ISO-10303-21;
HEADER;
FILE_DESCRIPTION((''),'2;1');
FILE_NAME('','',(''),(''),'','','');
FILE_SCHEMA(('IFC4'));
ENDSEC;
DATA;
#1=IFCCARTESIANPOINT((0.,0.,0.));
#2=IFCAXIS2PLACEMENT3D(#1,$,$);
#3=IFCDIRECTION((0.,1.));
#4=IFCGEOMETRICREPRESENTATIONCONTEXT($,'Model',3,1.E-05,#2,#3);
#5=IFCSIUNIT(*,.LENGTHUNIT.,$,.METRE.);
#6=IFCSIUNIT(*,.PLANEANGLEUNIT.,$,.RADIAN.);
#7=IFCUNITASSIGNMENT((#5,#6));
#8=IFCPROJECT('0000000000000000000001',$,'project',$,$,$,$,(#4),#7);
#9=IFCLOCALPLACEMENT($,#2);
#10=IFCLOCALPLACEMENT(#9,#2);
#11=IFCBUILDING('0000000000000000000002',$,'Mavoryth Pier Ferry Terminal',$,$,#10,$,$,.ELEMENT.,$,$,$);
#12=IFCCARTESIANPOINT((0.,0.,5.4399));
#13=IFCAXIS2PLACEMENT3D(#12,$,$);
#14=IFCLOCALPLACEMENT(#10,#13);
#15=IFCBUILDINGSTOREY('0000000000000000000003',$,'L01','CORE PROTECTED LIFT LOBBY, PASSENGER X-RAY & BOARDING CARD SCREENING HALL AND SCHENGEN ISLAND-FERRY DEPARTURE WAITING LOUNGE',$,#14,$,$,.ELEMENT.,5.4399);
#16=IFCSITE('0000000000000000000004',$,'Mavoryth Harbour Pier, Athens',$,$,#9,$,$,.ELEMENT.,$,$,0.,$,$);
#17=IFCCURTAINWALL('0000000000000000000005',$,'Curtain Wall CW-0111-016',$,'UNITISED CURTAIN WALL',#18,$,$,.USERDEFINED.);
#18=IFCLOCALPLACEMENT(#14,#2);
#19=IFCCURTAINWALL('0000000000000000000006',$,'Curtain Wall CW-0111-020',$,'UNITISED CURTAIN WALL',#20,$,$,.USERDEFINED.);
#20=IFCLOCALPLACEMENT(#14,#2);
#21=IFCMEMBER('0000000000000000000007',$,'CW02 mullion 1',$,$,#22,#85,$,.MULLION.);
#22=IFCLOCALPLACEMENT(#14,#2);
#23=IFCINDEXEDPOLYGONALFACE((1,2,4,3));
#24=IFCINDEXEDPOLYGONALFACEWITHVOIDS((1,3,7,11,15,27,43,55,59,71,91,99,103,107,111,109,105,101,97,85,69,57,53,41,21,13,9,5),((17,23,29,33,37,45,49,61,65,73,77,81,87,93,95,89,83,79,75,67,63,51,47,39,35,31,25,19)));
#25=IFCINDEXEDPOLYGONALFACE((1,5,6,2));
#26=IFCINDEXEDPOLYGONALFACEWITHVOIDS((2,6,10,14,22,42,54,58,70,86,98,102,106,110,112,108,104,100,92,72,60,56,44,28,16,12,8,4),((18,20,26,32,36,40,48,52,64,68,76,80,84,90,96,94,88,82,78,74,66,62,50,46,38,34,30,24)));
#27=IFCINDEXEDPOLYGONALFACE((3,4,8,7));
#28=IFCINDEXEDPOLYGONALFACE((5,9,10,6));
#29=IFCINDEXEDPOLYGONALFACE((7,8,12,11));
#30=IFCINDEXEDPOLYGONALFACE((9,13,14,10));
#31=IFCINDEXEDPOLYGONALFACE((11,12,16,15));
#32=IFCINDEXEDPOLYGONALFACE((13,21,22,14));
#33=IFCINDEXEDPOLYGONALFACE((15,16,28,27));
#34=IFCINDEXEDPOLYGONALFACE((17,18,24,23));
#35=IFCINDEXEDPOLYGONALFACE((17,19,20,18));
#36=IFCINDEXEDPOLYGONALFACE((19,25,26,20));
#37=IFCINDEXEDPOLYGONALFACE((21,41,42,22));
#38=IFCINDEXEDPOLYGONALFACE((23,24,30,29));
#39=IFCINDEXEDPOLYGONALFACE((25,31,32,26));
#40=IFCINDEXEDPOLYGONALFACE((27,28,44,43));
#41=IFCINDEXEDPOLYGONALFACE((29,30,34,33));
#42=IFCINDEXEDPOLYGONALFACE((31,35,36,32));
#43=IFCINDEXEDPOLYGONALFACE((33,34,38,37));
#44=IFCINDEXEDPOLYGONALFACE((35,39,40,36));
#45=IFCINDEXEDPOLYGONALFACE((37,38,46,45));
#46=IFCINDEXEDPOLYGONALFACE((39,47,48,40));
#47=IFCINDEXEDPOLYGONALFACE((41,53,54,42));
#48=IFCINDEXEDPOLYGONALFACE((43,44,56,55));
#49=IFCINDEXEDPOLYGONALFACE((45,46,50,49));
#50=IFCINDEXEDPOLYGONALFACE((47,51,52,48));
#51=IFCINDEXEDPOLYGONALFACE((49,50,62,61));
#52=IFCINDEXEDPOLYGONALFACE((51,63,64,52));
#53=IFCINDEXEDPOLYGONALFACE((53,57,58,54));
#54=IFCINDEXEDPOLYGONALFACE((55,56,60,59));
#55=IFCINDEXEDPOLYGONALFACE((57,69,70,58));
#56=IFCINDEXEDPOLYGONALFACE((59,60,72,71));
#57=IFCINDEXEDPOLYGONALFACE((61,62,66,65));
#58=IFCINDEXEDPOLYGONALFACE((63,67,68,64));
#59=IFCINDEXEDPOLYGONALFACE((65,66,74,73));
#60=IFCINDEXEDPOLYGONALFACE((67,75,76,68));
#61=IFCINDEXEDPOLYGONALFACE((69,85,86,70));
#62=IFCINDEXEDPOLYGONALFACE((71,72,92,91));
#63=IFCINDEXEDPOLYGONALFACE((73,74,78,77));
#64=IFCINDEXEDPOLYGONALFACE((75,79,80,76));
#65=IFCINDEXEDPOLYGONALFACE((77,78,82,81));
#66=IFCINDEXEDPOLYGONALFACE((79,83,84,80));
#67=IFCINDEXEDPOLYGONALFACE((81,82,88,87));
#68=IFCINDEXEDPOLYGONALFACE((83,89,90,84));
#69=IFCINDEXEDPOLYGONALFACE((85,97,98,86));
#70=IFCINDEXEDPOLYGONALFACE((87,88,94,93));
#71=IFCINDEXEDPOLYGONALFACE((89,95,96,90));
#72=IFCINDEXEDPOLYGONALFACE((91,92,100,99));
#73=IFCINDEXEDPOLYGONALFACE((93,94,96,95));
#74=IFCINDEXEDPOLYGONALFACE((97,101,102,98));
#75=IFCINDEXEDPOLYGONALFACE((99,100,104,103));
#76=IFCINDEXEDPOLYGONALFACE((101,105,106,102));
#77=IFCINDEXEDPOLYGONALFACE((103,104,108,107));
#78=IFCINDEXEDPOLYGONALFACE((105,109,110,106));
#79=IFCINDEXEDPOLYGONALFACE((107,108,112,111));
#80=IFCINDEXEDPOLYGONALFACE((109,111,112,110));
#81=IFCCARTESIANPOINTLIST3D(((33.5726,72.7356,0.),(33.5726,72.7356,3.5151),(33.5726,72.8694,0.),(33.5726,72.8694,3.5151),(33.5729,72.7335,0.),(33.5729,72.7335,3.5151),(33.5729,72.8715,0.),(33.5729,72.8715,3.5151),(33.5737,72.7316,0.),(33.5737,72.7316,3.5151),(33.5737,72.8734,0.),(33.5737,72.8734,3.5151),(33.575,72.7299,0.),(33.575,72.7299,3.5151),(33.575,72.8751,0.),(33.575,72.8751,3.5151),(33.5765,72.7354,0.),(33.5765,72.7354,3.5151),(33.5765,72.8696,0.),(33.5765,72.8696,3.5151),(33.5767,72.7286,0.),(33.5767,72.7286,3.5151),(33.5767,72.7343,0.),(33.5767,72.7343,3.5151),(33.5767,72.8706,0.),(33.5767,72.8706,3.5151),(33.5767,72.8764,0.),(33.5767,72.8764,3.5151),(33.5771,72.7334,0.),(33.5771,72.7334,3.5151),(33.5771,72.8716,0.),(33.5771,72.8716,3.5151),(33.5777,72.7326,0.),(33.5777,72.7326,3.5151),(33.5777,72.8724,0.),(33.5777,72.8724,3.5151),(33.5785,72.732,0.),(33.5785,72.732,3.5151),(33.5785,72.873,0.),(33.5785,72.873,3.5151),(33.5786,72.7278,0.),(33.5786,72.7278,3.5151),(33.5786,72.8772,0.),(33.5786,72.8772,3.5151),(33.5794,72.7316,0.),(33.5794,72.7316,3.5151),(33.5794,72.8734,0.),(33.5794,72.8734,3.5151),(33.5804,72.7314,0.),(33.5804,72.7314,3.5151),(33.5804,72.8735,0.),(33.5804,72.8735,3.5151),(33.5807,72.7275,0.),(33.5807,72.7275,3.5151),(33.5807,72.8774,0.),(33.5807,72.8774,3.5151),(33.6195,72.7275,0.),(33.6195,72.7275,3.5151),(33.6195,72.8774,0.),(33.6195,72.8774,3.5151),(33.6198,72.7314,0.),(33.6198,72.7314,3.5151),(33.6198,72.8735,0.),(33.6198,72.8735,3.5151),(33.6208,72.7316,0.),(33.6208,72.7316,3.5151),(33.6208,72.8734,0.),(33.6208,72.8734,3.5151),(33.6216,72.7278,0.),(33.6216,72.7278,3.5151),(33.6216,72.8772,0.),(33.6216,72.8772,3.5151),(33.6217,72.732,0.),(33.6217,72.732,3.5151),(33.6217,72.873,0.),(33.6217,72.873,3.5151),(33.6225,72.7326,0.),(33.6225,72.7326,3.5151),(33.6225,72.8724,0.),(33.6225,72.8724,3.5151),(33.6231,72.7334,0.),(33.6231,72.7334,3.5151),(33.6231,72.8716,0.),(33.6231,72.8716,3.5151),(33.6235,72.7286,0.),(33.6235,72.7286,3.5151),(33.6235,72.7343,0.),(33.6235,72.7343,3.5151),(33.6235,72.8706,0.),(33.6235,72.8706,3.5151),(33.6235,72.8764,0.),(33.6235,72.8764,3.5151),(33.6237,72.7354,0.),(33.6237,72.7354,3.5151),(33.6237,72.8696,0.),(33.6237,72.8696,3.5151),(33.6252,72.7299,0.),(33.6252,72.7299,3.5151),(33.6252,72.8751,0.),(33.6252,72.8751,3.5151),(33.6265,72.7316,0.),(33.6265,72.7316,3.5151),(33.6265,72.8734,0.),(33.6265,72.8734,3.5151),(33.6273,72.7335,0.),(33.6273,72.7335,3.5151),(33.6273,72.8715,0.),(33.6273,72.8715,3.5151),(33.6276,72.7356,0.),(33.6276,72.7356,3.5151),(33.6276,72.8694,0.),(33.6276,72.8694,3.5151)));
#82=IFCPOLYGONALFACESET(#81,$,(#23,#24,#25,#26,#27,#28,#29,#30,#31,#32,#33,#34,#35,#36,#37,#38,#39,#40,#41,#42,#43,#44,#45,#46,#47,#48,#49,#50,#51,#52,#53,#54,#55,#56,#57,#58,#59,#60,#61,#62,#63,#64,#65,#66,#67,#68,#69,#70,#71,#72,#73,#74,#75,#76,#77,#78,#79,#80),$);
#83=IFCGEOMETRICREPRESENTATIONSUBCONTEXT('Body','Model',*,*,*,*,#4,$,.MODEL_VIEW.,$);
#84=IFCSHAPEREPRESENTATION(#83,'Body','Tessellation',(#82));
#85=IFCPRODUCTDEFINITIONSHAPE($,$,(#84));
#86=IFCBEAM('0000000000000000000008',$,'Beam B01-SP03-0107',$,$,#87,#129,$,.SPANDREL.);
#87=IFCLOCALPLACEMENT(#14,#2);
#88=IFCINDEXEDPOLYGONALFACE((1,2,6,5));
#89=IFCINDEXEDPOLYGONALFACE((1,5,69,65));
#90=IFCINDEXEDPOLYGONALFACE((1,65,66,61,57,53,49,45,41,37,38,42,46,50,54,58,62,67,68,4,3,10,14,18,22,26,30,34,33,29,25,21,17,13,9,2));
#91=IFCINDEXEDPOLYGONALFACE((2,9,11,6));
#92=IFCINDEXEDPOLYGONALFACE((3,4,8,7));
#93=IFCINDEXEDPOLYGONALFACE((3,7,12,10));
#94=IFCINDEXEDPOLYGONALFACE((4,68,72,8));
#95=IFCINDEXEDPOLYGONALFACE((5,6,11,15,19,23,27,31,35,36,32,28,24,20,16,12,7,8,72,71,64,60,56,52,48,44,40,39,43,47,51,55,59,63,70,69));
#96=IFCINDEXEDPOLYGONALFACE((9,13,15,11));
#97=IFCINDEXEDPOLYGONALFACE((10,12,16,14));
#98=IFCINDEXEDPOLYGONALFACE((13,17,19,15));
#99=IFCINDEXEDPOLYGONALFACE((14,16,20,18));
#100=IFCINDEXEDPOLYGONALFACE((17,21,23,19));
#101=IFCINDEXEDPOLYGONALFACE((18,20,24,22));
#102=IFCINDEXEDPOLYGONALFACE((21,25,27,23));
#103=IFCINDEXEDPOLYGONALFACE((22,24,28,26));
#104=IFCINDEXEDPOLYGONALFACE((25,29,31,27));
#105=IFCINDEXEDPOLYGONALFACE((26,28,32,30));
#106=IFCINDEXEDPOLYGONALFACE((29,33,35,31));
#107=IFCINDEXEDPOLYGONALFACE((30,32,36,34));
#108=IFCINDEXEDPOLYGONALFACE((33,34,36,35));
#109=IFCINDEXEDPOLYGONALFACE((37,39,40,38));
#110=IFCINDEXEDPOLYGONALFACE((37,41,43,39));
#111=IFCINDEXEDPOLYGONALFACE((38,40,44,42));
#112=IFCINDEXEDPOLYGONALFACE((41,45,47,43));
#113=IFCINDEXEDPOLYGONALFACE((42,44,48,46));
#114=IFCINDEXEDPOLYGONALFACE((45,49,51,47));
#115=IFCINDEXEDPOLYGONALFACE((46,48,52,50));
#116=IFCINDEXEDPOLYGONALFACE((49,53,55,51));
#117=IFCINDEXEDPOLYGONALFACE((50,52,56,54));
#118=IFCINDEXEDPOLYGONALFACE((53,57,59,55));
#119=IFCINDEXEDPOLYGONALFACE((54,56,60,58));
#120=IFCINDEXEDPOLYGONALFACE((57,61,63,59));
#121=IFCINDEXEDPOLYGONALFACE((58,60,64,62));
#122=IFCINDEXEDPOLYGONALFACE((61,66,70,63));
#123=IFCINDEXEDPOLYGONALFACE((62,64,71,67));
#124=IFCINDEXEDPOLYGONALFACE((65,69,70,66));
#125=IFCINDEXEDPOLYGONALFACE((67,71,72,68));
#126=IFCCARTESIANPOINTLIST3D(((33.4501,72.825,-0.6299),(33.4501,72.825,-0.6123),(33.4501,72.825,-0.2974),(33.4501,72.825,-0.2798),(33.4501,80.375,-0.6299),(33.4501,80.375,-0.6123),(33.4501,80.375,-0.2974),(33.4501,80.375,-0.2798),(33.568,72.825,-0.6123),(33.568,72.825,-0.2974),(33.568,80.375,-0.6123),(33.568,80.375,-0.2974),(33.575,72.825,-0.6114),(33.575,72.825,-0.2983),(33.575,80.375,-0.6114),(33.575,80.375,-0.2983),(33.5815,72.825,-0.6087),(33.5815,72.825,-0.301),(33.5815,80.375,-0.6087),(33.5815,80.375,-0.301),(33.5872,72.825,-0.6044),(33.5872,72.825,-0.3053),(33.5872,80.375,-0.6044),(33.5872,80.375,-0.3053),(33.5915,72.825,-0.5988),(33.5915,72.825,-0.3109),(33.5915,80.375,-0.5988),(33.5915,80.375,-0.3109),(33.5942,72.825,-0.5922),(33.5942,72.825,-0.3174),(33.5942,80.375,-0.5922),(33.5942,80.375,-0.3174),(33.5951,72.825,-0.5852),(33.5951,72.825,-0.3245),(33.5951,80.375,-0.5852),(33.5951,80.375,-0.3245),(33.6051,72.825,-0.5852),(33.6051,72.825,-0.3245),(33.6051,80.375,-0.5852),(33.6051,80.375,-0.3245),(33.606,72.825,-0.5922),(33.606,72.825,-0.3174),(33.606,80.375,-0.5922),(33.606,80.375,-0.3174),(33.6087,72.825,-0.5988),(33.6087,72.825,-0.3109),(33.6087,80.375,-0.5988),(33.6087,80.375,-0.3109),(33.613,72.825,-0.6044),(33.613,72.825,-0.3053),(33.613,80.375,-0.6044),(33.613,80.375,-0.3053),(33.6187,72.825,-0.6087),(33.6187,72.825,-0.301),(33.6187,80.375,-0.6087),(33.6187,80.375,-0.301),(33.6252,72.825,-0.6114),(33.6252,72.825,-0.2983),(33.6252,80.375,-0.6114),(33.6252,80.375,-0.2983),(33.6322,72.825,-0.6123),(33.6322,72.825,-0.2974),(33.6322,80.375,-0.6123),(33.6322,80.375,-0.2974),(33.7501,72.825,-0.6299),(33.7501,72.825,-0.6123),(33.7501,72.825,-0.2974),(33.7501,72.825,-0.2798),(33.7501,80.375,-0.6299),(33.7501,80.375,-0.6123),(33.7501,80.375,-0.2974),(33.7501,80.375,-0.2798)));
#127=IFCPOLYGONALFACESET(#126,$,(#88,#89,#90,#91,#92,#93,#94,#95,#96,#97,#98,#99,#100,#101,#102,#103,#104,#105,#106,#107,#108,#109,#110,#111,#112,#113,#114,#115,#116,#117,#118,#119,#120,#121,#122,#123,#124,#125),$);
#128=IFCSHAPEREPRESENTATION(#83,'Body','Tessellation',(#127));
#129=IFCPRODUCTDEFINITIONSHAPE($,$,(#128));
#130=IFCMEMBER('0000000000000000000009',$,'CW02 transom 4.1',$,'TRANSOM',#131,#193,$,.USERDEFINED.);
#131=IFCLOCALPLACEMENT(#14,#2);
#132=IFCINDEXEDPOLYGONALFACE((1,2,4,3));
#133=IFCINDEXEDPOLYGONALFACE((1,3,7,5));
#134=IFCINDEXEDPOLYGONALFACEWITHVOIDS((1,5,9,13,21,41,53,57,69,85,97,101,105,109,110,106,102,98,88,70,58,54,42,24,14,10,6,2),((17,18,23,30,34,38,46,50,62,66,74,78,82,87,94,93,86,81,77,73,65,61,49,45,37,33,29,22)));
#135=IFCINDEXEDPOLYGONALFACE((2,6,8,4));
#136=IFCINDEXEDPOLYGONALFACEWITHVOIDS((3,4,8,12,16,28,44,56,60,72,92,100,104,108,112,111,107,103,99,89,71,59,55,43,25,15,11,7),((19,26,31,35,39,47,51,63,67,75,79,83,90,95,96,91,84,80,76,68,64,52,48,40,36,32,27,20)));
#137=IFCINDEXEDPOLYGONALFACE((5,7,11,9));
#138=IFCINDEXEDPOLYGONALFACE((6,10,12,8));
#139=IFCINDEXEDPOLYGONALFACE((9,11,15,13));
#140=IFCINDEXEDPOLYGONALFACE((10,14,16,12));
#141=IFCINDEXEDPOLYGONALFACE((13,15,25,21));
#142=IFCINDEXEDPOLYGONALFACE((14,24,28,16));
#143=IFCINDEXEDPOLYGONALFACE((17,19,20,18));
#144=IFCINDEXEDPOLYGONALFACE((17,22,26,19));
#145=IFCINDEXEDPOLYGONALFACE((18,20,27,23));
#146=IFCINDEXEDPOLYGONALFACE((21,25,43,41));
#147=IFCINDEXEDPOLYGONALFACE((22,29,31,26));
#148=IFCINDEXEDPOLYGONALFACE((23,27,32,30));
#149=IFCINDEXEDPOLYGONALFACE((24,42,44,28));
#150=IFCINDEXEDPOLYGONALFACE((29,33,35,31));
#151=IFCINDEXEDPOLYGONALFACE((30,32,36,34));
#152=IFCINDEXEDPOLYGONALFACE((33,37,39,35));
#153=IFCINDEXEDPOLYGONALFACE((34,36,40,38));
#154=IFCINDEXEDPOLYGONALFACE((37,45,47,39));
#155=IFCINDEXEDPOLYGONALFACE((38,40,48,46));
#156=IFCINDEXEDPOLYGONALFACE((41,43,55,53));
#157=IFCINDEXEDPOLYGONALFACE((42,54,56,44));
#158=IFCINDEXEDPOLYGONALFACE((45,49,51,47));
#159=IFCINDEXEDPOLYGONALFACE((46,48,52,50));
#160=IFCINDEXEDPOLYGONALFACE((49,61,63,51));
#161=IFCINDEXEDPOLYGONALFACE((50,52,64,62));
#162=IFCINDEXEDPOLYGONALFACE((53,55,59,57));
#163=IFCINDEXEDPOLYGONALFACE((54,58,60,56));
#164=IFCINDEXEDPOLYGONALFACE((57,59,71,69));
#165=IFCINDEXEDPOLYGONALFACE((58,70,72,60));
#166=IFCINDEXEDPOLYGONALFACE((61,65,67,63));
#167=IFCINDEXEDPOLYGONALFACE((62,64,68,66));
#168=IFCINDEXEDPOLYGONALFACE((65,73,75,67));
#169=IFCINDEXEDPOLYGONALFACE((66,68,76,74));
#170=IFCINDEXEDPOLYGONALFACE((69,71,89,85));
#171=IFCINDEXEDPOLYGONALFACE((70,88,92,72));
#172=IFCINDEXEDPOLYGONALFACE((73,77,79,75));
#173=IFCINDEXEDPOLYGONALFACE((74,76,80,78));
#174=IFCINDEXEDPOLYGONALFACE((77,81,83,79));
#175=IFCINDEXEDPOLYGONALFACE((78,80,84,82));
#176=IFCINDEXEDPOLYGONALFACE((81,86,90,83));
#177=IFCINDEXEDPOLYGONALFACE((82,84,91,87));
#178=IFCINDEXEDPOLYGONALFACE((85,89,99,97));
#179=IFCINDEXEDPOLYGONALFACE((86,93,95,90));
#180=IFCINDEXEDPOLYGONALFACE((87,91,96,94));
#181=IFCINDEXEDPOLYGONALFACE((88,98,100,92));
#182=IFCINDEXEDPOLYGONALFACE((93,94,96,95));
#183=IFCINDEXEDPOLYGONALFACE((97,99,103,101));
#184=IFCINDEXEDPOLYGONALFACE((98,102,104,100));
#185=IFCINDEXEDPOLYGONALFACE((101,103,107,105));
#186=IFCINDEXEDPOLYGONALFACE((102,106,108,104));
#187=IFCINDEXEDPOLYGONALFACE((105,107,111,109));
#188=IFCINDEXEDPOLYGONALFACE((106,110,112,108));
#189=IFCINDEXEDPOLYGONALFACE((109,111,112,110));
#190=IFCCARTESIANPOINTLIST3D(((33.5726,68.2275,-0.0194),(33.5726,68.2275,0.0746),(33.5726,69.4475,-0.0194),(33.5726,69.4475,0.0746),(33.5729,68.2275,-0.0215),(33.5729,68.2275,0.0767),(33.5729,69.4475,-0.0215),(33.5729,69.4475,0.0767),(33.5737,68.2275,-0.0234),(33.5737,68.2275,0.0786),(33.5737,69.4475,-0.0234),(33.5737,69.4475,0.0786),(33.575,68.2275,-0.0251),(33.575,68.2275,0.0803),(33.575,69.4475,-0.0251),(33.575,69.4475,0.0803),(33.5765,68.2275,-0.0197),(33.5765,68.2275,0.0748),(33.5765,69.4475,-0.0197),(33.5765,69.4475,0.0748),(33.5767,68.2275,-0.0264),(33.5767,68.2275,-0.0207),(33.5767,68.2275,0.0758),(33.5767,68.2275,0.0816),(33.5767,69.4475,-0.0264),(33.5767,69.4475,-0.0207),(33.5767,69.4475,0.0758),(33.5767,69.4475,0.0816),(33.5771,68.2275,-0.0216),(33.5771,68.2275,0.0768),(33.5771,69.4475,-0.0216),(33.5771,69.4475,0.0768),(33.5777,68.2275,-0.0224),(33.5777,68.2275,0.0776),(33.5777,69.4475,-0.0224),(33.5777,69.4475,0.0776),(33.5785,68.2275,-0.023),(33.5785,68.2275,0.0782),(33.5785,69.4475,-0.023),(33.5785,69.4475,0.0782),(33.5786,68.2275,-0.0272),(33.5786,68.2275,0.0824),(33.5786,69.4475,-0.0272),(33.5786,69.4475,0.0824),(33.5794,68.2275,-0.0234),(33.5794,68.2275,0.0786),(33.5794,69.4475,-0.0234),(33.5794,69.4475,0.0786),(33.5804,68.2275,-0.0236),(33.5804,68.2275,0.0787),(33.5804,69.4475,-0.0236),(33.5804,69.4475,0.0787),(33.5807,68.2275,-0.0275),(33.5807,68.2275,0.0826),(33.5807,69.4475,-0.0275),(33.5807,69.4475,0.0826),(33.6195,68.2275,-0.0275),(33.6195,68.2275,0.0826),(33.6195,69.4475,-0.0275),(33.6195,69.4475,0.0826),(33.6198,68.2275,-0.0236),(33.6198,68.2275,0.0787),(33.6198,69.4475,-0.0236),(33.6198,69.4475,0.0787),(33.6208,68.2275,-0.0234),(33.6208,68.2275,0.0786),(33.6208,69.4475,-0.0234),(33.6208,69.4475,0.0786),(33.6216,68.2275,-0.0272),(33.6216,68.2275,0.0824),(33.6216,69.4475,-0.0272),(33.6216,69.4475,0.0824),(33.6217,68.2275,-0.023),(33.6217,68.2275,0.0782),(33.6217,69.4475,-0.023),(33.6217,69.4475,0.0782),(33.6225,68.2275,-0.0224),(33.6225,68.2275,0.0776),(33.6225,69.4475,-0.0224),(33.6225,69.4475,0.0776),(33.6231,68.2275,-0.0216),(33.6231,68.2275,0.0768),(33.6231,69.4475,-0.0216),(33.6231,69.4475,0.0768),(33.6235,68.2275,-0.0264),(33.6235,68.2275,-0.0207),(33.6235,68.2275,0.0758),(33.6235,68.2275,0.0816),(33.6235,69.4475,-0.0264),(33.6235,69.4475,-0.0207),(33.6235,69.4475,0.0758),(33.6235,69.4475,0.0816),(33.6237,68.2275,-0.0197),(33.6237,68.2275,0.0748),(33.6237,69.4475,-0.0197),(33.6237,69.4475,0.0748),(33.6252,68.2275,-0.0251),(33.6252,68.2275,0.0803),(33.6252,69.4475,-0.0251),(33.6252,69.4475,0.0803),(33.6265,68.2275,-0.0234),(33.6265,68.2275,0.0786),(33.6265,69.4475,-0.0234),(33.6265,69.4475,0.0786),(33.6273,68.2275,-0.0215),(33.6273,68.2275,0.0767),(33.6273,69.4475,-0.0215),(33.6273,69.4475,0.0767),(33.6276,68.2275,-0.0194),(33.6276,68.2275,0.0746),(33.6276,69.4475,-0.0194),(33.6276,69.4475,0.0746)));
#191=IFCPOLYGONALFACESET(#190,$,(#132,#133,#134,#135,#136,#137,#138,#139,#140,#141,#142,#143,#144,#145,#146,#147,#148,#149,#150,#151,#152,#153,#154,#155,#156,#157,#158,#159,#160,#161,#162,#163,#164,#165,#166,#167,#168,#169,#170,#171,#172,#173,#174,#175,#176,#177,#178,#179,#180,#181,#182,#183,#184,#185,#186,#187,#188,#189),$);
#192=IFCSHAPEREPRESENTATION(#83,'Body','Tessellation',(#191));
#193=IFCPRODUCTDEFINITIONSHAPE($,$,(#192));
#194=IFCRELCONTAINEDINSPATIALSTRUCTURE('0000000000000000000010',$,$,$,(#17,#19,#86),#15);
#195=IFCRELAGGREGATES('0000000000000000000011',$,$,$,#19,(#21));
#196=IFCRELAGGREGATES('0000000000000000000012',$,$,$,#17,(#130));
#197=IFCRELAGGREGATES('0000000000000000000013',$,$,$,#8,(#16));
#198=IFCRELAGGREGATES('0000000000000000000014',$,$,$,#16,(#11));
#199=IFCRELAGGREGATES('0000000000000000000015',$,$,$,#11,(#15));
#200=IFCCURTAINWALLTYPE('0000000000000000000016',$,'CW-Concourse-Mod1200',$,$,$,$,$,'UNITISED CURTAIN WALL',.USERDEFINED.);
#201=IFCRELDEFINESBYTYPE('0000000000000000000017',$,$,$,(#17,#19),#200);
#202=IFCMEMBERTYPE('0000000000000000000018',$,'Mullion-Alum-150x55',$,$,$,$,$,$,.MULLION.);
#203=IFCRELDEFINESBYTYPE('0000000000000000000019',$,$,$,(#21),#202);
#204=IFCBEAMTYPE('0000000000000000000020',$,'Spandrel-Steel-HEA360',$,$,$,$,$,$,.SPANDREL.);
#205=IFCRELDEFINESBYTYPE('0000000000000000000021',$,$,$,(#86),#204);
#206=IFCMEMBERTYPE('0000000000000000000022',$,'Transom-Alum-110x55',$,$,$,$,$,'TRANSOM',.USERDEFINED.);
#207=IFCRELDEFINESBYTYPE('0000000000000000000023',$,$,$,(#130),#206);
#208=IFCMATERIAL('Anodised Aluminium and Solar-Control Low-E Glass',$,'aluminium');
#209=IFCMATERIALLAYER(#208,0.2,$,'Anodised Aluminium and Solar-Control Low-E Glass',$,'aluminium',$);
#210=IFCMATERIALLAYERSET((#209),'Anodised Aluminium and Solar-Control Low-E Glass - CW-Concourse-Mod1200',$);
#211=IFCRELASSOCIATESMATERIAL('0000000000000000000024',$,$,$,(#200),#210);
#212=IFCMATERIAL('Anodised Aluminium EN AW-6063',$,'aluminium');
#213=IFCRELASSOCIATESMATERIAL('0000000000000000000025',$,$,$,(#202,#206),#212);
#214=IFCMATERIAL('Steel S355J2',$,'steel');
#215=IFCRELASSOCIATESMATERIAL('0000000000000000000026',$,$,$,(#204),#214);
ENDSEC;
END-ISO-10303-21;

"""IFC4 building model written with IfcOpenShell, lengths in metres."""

from ifc_helpers import new_model, si_unit, direction, frame, origin, origin_2d, place, context, subcontext, project, spatial, hollow_rectangle, i_section, extrude, material, layer, layer_set, material_profile, profile_set, type_object, element, aggregate, save


model = new_model("IFC4")

# Units and contexts
model_context = context("Model", 3, precision=1e-05, world=origin(), true_north=direction((0.0, 1.0)))
body_context = subcontext(model_context, "Body", "Model", "MODEL_VIEW")
ifc_project = project(units=[si_unit("LENGTHUNIT", "METRE"), si_unit("PLANEANGLEUNIT", "RADIAN")], contexts=[model_context])

# Site, building, storey
site_placement = place(None, origin())
site = spatial("IfcSite", under=ifc_project, at=site_placement, Name="Mavoryth Harbour Pier, Athens", CompositionType="ELEMENT", RefElevation=0.0)
building_placement = place(site_placement, origin())
building = spatial("IfcBuilding", under=site, at=building_placement, Name="Mavoryth Pier Ferry Terminal", CompositionType="ELEMENT")
storey_placement = place(building_placement, frame((0.0, 0.0, 5.4399)))
storey = spatial("IfcBuildingStorey", under=building, at=storey_placement, Name="L01", Description="CORE PROTECTED LIFT LOBBY, PASSENGER X-RAY & BOARDING CARD SCREENING HALL AND SCHENGEN ISLAND-FERRY DEPARTURE WAITING LOUNGE", CompositionType="ELEMENT", Elevation=5.4399)

# Shared definitions
ifc_material_1 = material(Name="Steel S355J2", Category="steel")

# Curtain wall
ifc_material_2 = material(Name="Anodised Aluminium and Solar-Control Low-E Glass", Category="aluminium")
ifc_layer_1 = layer(ifc_material_2, 0.2, Name="Anodised Aluminium and Solar-Control Low-E Glass", Category="aluminium")
ifc_layer_set_1 = layer_set([ifc_layer_1], Name="Anodised Aluminium and Solar-Control Low-E Glass - CW-Concourse-Mod1200")
curtain_wall_type = type_object("IfcCurtainWallType", Name="CW-Concourse-Mod1200", ElementType="UNITISED CURTAIN WALL", PredefinedType="USERDEFINED", material=ifc_layer_set_1)
curtain_wall_1_placement = place(storey_placement, origin())
curtain_wall_1 = element("IfcCurtainWall", 1, at=curtain_wall_1_placement, inside=storey, type_object=curtain_wall_type, Name="Curtain Wall CW-0111-016", ObjectType="UNITISED CURTAIN WALL", PredefinedType="USERDEFINED")
ifc_material_3 = material(Name="Anodised Aluminium EN AW-6063", Category="aluminium")
ifc_material_profile_1 = material_profile(ifc_material_3, hollow_rectangle(XDim=0.0549, YDim=0.1499, WallThickness=0.0039, InnerFilletRadius=0.0039, OuterFilletRadius=0.0081, at=origin_2d()), Name="AL-MULL 150x55x4", Category="aluminium")
ifc_profile_set_1 = profile_set([ifc_material_profile_1], Name="Anodised Aluminium EN AW-6063 - AL-MULL 150x55x4")
member_type_1 = type_object("IfcMemberType", Name="Mullion-Alum-150x55", PredefinedType="MULLION", material=ifc_profile_set_1)

# Curtain wall, member
curtain_wall_2_placement = place(storey_placement, origin())
curtain_wall_2 = element("IfcCurtainWall", 2, at=curtain_wall_2_placement, inside=storey, type_object=curtain_wall_type, Name="Curtain Wall CW-0111-020", ObjectType="UNITISED CURTAIN WALL", PredefinedType="USERDEFINED")
member_1_placement = place(storey_placement, frame((33.6001, 72.8025, 0.0), z_axis=(0.0, 0.0, 1.0), x_axis=(-1.0, 0.0, 0.0)))
member_1 = element("IfcMember", 3, at=member_1_placement, type_object=member_type_1, Name="CW02 mullion 1", PredefinedType="MULLION", context=body_context, shape_type="SweptSolid", body=[
    extrude(hollow_rectangle(XDim=0.0549, YDim=0.1499, WallThickness=0.0039, InnerFilletRadius=0.0039, OuterFilletRadius=0.0081, at=origin_2d()), origin(), (0.0, 0.0, 1.0), 3.5151),
])

# Beam
ifc_material_profile_2 = material_profile(ifc_material_1, i_section(OverallWidth=0.3, OverallDepth=0.3501, WebThickness=0.01, FlangeThickness=0.0176, FilletRadius=0.0271, at=origin_2d()), Name="HEA 360", Category="steel")
ifc_profile_set_2 = profile_set([ifc_material_profile_2], Name="Steel S355J2 - HEA 360")
beam_type_1 = type_object("IfcBeamType", Name="Spandrel-Steel-HEA360", PredefinedType="SPANDREL", material=ifc_profile_set_2)
beam_1_placement = place(storey_placement, frame((33.6001, 72.825, -0.4548), z_axis=(0.0, 1.0, 0.0), x_axis=(-1.0, 0.0, 0.0)))
element("IfcBeam", 4, at=beam_1_placement, inside=storey, type_object=beam_type_1, Name="Beam B01-SP03-0107", PredefinedType="SPANDREL", context=body_context, shape_type="SweptSolid", body=[
    extrude(i_section(OverallWidth=0.3, OverallDepth=0.3501, WebThickness=0.01, FlangeThickness=0.0176, FilletRadius=0.0271, at=origin_2d()), origin(), (0.0, 0.0, 1.0), 7.55),
])

# Member
ifc_material_profile_3 = material_profile(ifc_material_3, hollow_rectangle(XDim=0.0549, YDim=0.1101, WallThickness=0.0039, InnerFilletRadius=0.0039, OuterFilletRadius=0.0081, at=origin_2d()), Name="AL-TRAN 110x55x4", Category="aluminium")
ifc_profile_set_3 = profile_set([ifc_material_profile_3], Name="Anodised Aluminium EN AW-6063 - AL-TRAN 110x55x4")
member_type_2 = type_object("IfcMemberType", Name="Transom-Alum-110x55", ElementType="TRANSOM", PredefinedType="USERDEFINED", material=ifc_profile_set_3)
member_2_placement = place(storey_placement, frame((33.6001, 68.2275, 0.0276), z_axis=(0.0, 1.0, 0.0), x_axis=(-1.0, 0.0, 0.0)))
member_2 = element("IfcMember", 5, at=member_2_placement, type_object=member_type_2, Name="CW02 transom 4.1", ObjectType="TRANSOM", PredefinedType="USERDEFINED", context=body_context, shape_type="SweptSolid", body=[
    extrude(hollow_rectangle(XDim=0.0549, YDim=0.1101, WallThickness=0.0039, InnerFilletRadius=0.0039, OuterFilletRadius=0.0081, at=origin_2d()), origin(), (0.0, 0.0, 1.0), 1.22),
])
aggregate(curtain_wall_2, [member_1])

aggregate(curtain_wall_1, [member_2])

save(model, "model.ifc")
